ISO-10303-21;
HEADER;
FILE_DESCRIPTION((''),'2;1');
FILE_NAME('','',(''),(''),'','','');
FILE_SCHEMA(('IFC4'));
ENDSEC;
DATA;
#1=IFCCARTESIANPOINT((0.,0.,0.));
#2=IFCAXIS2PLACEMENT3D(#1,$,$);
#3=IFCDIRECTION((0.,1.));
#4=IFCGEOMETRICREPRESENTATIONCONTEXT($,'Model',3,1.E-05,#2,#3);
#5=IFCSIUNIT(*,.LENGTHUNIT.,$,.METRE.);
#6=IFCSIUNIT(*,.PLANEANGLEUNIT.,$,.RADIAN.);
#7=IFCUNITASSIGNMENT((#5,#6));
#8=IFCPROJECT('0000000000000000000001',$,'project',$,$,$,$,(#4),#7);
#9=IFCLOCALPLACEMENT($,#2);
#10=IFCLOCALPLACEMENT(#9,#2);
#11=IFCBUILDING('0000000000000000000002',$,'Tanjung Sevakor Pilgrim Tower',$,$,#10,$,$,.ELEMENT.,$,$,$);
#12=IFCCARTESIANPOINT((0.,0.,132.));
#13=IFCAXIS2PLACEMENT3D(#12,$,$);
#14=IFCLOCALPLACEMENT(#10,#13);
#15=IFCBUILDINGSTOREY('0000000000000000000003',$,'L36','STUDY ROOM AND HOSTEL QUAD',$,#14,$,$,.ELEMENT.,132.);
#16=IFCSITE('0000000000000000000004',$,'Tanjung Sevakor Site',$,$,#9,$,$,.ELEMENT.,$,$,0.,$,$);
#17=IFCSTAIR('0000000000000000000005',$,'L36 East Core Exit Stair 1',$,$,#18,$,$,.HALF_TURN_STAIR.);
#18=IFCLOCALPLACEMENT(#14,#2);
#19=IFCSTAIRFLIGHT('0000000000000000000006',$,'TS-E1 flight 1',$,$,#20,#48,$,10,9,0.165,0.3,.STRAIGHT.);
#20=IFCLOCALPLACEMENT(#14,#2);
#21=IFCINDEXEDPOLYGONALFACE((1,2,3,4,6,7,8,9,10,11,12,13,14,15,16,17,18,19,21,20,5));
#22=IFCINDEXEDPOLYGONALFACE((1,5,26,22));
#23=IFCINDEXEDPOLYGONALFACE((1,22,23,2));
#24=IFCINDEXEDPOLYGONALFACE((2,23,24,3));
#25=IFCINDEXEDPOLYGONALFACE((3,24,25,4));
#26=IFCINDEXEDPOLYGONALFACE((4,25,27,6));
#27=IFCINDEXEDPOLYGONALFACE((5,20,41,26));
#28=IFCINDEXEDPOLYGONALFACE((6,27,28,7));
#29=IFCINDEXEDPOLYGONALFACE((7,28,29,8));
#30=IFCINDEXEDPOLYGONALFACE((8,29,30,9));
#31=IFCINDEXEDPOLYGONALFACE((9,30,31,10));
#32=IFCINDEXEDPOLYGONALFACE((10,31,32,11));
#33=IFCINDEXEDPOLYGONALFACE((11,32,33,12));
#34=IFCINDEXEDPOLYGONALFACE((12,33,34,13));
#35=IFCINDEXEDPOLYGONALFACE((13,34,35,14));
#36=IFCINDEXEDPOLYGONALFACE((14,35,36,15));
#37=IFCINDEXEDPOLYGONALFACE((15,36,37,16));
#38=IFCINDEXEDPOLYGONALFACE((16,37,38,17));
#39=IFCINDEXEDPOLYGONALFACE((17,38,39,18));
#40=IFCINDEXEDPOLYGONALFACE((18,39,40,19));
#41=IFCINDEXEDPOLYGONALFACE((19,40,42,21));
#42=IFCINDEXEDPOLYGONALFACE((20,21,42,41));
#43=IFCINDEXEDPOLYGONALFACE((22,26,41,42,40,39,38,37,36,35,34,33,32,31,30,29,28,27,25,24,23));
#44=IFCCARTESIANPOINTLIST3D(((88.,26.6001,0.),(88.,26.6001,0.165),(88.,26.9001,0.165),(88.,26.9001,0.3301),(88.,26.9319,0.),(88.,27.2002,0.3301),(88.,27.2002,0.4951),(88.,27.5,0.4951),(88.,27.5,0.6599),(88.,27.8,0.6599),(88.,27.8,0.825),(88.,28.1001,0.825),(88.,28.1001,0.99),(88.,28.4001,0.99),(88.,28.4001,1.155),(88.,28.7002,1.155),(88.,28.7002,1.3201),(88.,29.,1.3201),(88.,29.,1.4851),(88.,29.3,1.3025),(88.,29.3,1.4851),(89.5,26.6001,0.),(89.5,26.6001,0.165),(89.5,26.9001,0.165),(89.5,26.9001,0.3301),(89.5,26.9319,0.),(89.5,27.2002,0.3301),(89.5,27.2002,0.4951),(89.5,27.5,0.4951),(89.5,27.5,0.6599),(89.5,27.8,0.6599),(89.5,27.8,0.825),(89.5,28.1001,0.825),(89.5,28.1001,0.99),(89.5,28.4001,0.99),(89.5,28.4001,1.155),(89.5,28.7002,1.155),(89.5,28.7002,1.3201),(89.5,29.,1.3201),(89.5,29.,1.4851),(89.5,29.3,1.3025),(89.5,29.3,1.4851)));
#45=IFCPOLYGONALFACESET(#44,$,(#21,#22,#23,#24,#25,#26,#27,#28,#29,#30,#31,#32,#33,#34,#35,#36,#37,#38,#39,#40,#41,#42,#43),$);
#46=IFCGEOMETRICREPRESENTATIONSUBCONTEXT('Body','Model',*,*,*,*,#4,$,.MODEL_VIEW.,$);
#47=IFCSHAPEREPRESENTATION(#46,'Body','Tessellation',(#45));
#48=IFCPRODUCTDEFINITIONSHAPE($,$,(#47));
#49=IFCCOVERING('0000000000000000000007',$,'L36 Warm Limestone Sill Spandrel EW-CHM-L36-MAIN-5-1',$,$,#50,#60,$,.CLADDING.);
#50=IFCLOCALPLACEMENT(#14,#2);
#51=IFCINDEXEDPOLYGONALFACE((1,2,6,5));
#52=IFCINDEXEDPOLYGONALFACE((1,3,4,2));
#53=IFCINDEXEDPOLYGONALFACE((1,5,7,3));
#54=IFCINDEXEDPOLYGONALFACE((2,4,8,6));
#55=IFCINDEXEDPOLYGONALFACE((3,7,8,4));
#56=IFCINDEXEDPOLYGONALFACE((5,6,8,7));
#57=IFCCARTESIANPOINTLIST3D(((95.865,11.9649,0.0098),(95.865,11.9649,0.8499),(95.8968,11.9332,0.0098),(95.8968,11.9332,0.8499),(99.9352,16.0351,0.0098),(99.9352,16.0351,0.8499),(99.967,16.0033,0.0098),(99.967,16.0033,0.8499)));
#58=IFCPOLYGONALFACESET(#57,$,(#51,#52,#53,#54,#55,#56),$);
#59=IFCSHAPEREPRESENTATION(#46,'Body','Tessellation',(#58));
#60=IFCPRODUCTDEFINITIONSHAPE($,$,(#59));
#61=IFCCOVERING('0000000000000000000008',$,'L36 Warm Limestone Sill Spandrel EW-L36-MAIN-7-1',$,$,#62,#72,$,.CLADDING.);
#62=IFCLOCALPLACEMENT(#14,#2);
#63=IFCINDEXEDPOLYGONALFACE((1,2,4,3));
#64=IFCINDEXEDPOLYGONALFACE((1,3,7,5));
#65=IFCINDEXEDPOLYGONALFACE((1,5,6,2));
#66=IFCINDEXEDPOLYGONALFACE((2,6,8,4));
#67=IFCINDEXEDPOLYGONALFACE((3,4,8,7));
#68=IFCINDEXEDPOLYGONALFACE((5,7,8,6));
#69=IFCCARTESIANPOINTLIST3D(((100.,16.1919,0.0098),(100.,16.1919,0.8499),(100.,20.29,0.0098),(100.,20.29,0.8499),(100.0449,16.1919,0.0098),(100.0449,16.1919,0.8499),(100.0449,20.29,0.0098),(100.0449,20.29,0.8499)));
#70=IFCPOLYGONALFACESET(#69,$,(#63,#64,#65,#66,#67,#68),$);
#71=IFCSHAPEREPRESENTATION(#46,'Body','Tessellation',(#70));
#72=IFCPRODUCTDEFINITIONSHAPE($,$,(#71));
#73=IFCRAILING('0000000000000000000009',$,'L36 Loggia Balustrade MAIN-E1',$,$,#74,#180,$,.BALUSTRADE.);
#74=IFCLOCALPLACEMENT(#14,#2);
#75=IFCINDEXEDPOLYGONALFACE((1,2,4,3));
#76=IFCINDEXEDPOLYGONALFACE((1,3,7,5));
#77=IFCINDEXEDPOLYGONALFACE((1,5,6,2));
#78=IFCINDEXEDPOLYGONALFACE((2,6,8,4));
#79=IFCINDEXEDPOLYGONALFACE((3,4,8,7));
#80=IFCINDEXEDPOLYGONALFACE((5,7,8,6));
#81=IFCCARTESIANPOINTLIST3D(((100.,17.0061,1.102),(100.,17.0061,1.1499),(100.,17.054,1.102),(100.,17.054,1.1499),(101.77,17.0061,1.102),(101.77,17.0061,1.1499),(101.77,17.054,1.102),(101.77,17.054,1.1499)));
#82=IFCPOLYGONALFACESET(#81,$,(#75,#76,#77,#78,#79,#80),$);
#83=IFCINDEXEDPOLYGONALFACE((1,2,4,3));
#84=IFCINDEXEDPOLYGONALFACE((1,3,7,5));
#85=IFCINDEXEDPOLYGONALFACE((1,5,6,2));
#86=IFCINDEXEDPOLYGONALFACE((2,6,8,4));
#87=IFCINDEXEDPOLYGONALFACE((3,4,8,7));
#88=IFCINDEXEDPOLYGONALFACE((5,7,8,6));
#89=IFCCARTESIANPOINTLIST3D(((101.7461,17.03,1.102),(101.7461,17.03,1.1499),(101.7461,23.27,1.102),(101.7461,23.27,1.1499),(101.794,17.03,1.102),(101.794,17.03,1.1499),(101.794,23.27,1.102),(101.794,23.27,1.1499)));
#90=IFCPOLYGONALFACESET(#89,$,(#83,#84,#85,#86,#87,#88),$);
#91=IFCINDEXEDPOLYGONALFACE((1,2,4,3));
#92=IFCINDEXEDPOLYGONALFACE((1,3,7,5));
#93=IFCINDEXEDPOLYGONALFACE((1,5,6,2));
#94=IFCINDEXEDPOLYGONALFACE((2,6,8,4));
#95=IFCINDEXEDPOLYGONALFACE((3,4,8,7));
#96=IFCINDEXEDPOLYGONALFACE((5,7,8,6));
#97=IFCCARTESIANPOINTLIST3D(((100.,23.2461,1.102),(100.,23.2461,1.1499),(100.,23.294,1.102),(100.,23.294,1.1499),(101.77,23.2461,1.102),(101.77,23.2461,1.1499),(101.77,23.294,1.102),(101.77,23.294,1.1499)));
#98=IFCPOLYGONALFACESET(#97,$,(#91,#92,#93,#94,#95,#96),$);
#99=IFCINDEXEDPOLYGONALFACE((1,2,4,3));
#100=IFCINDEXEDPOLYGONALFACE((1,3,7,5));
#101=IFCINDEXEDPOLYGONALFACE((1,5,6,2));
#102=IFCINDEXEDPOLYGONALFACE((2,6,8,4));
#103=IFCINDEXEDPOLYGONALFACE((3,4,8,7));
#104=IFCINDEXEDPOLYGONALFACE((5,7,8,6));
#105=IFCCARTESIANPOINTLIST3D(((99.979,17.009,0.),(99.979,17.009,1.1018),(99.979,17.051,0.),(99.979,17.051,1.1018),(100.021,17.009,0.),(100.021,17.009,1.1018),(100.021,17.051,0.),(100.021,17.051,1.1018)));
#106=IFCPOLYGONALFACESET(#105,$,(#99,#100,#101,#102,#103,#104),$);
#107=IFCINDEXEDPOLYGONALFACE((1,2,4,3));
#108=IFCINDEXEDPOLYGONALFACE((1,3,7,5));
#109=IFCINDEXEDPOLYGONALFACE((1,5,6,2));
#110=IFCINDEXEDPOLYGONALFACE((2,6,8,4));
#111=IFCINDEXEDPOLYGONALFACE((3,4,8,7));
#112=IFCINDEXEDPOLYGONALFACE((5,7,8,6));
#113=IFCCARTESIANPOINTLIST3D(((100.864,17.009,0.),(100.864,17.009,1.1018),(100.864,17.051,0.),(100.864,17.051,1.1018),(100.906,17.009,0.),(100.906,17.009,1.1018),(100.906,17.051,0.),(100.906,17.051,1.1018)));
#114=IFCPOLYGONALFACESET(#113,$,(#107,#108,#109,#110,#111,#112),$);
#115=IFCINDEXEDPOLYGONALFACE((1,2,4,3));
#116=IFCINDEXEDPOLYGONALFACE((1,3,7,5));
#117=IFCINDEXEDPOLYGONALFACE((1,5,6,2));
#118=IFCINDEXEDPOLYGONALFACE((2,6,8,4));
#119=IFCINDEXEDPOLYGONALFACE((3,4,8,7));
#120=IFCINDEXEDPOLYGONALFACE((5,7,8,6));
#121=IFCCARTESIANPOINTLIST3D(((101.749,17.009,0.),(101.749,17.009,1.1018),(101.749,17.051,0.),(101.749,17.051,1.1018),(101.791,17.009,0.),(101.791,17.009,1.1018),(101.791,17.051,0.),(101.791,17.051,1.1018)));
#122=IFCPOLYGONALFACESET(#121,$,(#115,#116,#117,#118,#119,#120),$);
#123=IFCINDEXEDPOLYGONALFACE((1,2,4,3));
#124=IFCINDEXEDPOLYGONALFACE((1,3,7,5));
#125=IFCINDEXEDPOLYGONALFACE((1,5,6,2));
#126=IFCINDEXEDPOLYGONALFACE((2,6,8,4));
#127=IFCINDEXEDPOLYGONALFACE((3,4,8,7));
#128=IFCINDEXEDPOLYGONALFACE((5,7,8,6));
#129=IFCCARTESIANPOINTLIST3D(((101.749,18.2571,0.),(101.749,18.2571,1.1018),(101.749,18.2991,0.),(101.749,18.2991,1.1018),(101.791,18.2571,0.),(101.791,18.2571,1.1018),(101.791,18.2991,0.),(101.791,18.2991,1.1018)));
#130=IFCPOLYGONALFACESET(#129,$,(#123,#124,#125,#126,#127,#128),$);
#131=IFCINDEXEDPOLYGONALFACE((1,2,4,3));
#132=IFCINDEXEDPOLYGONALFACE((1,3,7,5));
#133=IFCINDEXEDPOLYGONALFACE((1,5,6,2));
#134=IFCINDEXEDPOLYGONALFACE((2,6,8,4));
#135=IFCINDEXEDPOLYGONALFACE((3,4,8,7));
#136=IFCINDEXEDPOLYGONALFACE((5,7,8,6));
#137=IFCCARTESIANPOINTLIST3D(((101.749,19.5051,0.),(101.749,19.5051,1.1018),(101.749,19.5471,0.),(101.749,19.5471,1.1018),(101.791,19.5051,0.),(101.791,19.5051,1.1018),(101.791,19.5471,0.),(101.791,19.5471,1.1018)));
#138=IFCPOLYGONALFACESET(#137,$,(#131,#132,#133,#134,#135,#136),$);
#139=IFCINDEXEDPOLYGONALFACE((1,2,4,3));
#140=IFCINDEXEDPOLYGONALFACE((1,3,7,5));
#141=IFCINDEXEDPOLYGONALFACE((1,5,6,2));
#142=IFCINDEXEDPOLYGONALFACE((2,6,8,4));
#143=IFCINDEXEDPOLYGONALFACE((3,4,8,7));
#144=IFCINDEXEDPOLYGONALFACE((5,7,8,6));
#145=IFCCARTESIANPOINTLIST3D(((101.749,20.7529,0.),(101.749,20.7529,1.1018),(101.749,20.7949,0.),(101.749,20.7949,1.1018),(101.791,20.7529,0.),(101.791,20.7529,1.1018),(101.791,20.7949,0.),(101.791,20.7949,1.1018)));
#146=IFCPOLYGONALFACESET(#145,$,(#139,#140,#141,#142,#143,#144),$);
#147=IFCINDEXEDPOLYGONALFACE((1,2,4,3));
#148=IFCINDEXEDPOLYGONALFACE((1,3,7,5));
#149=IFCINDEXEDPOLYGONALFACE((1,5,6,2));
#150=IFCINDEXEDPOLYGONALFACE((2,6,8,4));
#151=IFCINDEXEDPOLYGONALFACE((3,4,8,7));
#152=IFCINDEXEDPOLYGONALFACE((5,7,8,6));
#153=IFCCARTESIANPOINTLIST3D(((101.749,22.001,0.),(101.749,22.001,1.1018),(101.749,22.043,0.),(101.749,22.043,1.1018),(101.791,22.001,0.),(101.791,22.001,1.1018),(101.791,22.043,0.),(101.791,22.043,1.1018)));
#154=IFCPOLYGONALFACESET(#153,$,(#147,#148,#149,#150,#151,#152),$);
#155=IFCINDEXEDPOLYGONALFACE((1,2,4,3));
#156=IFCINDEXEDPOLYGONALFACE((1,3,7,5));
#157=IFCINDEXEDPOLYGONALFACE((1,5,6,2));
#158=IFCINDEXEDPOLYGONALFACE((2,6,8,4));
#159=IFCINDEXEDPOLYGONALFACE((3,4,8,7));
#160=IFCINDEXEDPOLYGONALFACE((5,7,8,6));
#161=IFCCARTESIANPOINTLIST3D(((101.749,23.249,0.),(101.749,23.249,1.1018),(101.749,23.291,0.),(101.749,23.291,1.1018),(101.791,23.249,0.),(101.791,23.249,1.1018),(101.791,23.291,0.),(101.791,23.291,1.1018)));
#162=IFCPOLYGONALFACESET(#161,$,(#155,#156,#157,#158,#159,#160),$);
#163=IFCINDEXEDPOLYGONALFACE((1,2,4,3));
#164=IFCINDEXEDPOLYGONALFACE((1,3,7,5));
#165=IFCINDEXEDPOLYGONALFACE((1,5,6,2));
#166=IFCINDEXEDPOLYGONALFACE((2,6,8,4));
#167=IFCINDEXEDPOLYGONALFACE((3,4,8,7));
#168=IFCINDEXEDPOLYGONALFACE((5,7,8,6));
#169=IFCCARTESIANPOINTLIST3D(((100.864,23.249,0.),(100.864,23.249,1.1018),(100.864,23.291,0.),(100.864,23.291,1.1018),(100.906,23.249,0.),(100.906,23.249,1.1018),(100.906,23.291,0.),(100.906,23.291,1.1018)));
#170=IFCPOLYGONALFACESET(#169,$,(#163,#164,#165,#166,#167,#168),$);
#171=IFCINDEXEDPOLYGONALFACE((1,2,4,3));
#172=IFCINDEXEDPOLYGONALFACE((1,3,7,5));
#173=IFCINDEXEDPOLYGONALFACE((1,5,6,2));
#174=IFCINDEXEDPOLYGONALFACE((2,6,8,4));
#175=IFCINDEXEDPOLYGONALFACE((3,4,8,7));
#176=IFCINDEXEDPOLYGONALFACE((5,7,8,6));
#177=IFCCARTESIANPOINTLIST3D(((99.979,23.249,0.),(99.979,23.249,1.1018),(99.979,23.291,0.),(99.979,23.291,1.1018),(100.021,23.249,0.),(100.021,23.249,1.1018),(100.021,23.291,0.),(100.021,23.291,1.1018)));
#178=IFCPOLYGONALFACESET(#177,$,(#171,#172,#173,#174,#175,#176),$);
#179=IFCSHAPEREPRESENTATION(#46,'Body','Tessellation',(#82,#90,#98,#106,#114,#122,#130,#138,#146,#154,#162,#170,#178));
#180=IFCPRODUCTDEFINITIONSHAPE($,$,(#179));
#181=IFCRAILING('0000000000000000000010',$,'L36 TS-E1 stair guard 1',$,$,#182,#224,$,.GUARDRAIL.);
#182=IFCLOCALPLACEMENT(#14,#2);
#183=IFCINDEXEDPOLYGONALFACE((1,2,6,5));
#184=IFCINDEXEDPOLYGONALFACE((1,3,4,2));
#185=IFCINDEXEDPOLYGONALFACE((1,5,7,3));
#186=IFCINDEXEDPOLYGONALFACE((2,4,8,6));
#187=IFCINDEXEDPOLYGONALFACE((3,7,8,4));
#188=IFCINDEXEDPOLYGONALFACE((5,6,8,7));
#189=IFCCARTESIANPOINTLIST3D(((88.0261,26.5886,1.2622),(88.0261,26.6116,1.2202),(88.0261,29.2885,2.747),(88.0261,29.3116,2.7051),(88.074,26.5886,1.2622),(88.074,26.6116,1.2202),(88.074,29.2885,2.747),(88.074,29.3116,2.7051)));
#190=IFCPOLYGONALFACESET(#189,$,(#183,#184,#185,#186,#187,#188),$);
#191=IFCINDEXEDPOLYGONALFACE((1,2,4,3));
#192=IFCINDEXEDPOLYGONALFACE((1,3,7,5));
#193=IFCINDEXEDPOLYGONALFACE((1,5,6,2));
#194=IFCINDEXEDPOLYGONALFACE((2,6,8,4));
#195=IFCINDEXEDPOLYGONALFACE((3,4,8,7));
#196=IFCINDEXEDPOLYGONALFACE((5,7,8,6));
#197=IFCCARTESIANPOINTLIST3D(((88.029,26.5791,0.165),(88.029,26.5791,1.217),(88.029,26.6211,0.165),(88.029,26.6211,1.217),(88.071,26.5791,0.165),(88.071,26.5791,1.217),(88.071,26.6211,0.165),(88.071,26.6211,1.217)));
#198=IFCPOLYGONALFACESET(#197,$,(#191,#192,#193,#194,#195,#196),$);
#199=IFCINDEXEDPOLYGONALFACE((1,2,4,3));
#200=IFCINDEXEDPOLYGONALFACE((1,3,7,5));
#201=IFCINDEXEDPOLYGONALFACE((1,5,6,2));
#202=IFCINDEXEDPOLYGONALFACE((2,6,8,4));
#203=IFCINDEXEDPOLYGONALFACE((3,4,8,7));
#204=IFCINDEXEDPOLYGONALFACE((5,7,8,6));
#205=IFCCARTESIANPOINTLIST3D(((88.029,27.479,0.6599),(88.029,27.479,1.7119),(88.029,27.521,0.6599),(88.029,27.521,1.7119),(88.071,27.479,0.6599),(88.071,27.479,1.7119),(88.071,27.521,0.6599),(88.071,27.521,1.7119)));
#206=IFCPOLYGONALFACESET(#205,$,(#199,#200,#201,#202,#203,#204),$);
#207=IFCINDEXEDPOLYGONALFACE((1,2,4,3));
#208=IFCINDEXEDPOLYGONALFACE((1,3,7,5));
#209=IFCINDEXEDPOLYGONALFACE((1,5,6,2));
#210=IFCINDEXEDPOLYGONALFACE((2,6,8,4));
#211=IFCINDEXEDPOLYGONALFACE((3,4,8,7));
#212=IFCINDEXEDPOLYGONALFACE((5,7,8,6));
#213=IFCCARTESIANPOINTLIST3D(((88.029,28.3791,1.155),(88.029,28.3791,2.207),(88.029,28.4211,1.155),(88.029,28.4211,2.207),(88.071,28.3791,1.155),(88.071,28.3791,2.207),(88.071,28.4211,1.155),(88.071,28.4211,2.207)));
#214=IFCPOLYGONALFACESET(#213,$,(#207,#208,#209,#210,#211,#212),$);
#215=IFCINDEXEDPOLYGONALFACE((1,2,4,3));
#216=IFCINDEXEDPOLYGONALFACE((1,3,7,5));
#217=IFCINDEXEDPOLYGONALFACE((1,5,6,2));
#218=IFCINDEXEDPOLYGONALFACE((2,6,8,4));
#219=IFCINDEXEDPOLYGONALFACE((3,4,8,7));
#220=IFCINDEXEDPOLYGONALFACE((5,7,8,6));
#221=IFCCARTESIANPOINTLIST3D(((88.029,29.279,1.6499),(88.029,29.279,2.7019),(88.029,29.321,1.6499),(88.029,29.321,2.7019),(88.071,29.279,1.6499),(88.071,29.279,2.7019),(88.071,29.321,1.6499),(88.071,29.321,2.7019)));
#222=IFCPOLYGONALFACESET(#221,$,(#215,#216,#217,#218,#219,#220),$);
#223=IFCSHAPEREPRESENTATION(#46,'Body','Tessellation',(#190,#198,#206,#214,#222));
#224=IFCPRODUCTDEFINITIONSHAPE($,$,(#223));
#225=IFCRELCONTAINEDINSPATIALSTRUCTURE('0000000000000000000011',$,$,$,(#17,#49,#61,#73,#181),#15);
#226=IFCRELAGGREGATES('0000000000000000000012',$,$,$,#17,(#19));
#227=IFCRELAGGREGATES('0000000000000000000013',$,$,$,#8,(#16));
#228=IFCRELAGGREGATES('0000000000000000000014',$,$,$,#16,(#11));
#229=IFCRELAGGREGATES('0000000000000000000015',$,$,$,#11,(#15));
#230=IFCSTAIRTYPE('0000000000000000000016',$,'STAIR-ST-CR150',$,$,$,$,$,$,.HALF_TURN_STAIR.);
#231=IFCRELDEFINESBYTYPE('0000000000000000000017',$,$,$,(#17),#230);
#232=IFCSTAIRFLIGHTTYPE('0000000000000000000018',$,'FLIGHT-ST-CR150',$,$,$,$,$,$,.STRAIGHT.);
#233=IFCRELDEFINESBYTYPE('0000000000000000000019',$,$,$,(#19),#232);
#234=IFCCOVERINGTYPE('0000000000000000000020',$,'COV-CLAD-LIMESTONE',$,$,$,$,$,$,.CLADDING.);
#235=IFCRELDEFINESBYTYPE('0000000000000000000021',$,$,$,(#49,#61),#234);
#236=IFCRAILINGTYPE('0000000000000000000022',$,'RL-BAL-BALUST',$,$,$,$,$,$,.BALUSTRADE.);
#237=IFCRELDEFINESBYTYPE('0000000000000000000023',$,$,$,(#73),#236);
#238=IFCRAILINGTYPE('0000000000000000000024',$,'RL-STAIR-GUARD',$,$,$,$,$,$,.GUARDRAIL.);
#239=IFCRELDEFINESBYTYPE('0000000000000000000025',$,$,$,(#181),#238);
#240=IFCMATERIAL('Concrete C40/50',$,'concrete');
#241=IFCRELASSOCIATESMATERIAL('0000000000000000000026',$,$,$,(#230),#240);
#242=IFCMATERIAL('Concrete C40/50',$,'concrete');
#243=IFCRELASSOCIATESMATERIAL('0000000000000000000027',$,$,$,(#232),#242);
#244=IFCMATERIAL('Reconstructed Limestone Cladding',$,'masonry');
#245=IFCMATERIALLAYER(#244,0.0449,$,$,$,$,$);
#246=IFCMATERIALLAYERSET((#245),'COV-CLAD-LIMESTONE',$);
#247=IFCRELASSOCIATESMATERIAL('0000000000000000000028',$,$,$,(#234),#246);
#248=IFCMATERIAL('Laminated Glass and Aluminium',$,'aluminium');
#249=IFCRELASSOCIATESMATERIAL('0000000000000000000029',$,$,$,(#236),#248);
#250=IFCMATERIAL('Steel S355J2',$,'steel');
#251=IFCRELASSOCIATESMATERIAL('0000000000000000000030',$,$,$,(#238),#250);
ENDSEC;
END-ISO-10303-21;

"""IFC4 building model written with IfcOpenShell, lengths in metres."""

from ifc_helpers import new_model, si_unit, direction, frame, origin, origin_2d, place, context, subcontext, project, spatial, polyline, rectangle, outline, extrude, material, layer, layer_set, type_object, element, aggregate, save


model = new_model("IFC4")

# Units and contexts
model_context = context("Model", 3, precision=1e-05, world=origin(), true_north=direction((0.0, 1.0)))
body_context = subcontext(model_context, "Body", "Model", "MODEL_VIEW")
ifc_project = project(units=[si_unit("LENGTHUNIT", "METRE"), si_unit("PLANEANGLEUNIT", "RADIAN")], contexts=[model_context])

# Site, building, storey
site_placement = place(None, origin())
site = spatial("IfcSite", under=ifc_project, at=site_placement, Name="Tanjung Sevakor Site", CompositionType="ELEMENT", RefElevation=0.0)
building_placement = place(site_placement, origin())
building = spatial("IfcBuilding", under=site, at=building_placement, Name="Tanjung Sevakor Pilgrim Tower", CompositionType="ELEMENT")
storey_placement = place(building_placement, frame((0.0, 0.0, 132.0)))
storey = spatial("IfcBuildingStorey", under=building, at=storey_placement, Name="L36", Description="STUDY ROOM AND HOSTEL QUAD", CompositionType="ELEMENT", Elevation=132.0)

# Stair, stair flight
ifc_material_1 = material(Name="Concrete C40/50", Category="concrete")
stair_type = type_object("IfcStairType", Name="STAIR-ST-CR150", PredefinedType="HALF_TURN_STAIR", material=ifc_material_1)
stair_placement = place(storey_placement, origin())
stair = element("IfcStair", 1, at=stair_placement, inside=storey, type_object=stair_type, Name="L36 East Core Exit Stair 1", PredefinedType="HALF_TURN_STAIR")
ifc_material_2 = material(Name="Concrete C40/50", Category="concrete")
stair_flight_type = type_object("IfcStairFlightType", Name="FLIGHT-ST-CR150", PredefinedType="STRAIGHT", material=ifc_material_2)
stair_flight_placement = place(storey_placement, frame((88.75, 26.6001, 0.0), z_axis=(0.0, 0.0, 1.0), x_axis=(0.0, 1.0, 0.0)))
stair_flight = element("IfcStairFlight", 2, at=stair_flight_placement, type_object=stair_flight_type, Name="TS-E1 flight 1", NumberOfRisers=10, NumberOfTreads=9, PredefinedType="STRAIGHT", RiserHeight=0.165, TreadLength=0.3, context=body_context, shape_type="SweptSolid", body=[
    extrude(outline(polyline([(0.0, 0.0), (0.0, 0.165), (0.3, 0.165), (0.3, 0.3301), (0.6001, 0.3301), (0.6001, 0.4951), (0.8999, 0.4951), (0.8999, 0.6599), (1.2, 0.6599), (1.2, 0.825), (1.5, 0.825), (1.5, 0.99), (1.8, 0.99), (1.8, 1.155), (2.1001, 1.155), (2.1001, 1.3201), (2.3999, 1.3201), (2.3999, 1.4851), (2.7, 1.4851), (2.7, 1.6499), (2.7, 1.3025), (0.3318, 0.0), (0.0, 0.0)])), frame((0.0, 0.75, 0.0), z_axis=(0.0, -1.0, 0.0), x_axis=(1.0, 0.0, 0.0)), (0.0, 0.0, 1.0), 1.5),
])
aggregate(stair, [stair_flight])

# Coverings
ifc_material_3 = material(Name="Reconstructed Limestone Cladding", Category="masonry")
ifc_layer_1 = layer(ifc_material_3, 0.0449)
ifc_layer_set_1 = layer_set([ifc_layer_1], Name="COV-CLAD-LIMESTONE")
covering_type = type_object("IfcCoveringType", Name="COV-CLAD-LIMESTONE", PredefinedType="CLADDING", material=ifc_layer_set_1)
covering_1_placement = place(storey_placement, frame((97.916, 13.9841, 0.0098), z_axis=(0.0, 0.0, 1.0), x_axis=(0.707107, 0.707107, 0.0)))
element("IfcCovering", 3, at=covering_1_placement, inside=storey, type_object=covering_type, Name="L36 Warm Limestone Sill Spandrel EW-CHM-L36-MAIN-5-1", PredefinedType="CLADDING", context=body_context, shape_type="SweptSolid", body=[
    extrude(rectangle(XDim=5.7561, YDim=0.0449, at=origin_2d()), origin(), (0.0, 0.0, 1.0), 0.8401),
])
covering_2_placement = place(storey_placement, frame((100.0225, 18.241, 0.0098), z_axis=(0.0, 0.0, 1.0), x_axis=(0.0, 1.0, 0.0)))
element("IfcCovering", 4, at=covering_2_placement, inside=storey, type_object=covering_type, Name="L36 Warm Limestone Sill Spandrel EW-L36-MAIN-7-1", PredefinedType="CLADDING", context=body_context, shape_type="SweptSolid", body=[
    extrude(rectangle(XDim=4.0981, YDim=0.0449, at=origin_2d()), origin(), (0.0, 0.0, 1.0), 0.8401),
])

# Railings
ifc_material_4 = material(Name="Laminated Glass and Aluminium", Category="aluminium")
railing_type_1 = type_object("IfcRailingType", Name="RL-BAL-BALUST", PredefinedType="BALUSTRADE", material=ifc_material_4)
railing_1_placement = place(storey_placement, frame((100.0, 17.03, 0.0)))
element("IfcRailing", 5, at=railing_1_placement, inside=storey, type_object=railing_type_1, Name="L36 Loggia Balustrade MAIN-E1", PredefinedType="BALUSTRADE", context=body_context, shape_type="SweptSolid", body=[
    extrude(rectangle(XDim=0.0479, YDim=0.0479), frame((0.0, 0.0, 1.126), z_axis=(1.0, 0.0, 0.0), x_axis=(0.0, 1.0, 0.0)), (0.0, 0.0, 1.0), 1.77),
    extrude(rectangle(XDim=0.0479, YDim=0.0479), frame((1.77, 0.0, 1.126), z_axis=(0.0, 1.0, 0.0), x_axis=(-1.0, 0.0, 0.0)), (0.0, 0.0, 1.0), 6.24),
    extrude(rectangle(XDim=0.0479, YDim=0.0479), frame((1.77, 6.24, 1.126), z_axis=(-1.0, 0.0, 0.0), x_axis=(0.0, -1.0, 0.0)), (0.0, 0.0, 1.0), 1.77),
    extrude(rectangle(XDim=0.042, YDim=0.042), origin(), (0.0, 0.0, 1.0), 1.1018),
    extrude(rectangle(XDim=0.042, YDim=0.042), frame((0.885, 0.0, 0.0)), (0.0, 0.0, 1.0), 1.1018),
    extrude(rectangle(XDim=0.042, YDim=0.042), frame((1.77, 0.0, 0.0)), (0.0, 0.0, 1.0), 1.1018),
    extrude(rectangle(XDim=0.042, YDim=0.042), frame((1.77, 1.248, 0.0)), (0.0, 0.0, 1.0), 1.1018),
    extrude(rectangle(XDim=0.042, YDim=0.042), frame((1.77, 2.4961, 0.0)), (0.0, 0.0, 1.0), 1.1018),
    extrude(rectangle(XDim=0.042, YDim=0.042), frame((1.77, 3.7439, 0.0)), (0.0, 0.0, 1.0), 1.1018),
    extrude(rectangle(XDim=0.042, YDim=0.042), frame((1.77, 4.9919, 0.0)), (0.0, 0.0, 1.0), 1.1018),
    extrude(rectangle(XDim=0.042, YDim=0.042), frame((1.77, 6.24, 0.0)), (0.0, 0.0, 1.0), 1.1018),
    extrude(rectangle(XDim=0.042, YDim=0.042), frame((0.885, 6.24, 0.0)), (0.0, 0.0, 1.0), 1.1018),
    extrude(rectangle(XDim=0.042, YDim=0.042), frame((0.0, 6.24, 0.0)), (0.0, 0.0, 1.0), 1.1018),
])
ifc_material_5 = material(Name="Steel S355J2", Category="steel")
railing_type_2 = type_object("IfcRailingType", Name="RL-STAIR-GUARD", PredefinedType="GUARDRAIL", material=ifc_material_5)
railing_2_placement = place(storey_placement, frame((88.05, 26.6001, 0.165)))
element("IfcRailing", 6, at=railing_2_placement, inside=storey, type_object=railing_type_2, Name="L36 TS-E1 stair guard 1", PredefinedType="GUARDRAIL", context=body_context, shape_type="SweptSolid", body=[
    extrude(rectangle(XDim=0.0479, YDim=0.0479), frame((0.0, 0.0, 1.0762), z_axis=(0.0, 0.876231, 0.481891), x_axis=(-1.0, 0.0, 0.0)), (0.0, 0.0, 1.0), 3.0813),
    extrude(rectangle(XDim=0.042, YDim=0.042), origin(), (0.0, 0.0, 1.0), 1.052),
    extrude(rectangle(XDim=0.042, YDim=0.042), frame((0.0, 0.8999, 0.4949)), (0.0, 0.0, 1.0), 1.052),
    extrude(rectangle(XDim=0.042, YDim=0.042), frame((0.0, 1.8, 0.99)), (0.0, 0.0, 1.0), 1.052),
    extrude(rectangle(XDim=0.042, YDim=0.042), frame((0.0, 2.7, 1.4849)), (0.0, 0.0, 1.0), 1.052),
])

save(model, "model.ifc")
